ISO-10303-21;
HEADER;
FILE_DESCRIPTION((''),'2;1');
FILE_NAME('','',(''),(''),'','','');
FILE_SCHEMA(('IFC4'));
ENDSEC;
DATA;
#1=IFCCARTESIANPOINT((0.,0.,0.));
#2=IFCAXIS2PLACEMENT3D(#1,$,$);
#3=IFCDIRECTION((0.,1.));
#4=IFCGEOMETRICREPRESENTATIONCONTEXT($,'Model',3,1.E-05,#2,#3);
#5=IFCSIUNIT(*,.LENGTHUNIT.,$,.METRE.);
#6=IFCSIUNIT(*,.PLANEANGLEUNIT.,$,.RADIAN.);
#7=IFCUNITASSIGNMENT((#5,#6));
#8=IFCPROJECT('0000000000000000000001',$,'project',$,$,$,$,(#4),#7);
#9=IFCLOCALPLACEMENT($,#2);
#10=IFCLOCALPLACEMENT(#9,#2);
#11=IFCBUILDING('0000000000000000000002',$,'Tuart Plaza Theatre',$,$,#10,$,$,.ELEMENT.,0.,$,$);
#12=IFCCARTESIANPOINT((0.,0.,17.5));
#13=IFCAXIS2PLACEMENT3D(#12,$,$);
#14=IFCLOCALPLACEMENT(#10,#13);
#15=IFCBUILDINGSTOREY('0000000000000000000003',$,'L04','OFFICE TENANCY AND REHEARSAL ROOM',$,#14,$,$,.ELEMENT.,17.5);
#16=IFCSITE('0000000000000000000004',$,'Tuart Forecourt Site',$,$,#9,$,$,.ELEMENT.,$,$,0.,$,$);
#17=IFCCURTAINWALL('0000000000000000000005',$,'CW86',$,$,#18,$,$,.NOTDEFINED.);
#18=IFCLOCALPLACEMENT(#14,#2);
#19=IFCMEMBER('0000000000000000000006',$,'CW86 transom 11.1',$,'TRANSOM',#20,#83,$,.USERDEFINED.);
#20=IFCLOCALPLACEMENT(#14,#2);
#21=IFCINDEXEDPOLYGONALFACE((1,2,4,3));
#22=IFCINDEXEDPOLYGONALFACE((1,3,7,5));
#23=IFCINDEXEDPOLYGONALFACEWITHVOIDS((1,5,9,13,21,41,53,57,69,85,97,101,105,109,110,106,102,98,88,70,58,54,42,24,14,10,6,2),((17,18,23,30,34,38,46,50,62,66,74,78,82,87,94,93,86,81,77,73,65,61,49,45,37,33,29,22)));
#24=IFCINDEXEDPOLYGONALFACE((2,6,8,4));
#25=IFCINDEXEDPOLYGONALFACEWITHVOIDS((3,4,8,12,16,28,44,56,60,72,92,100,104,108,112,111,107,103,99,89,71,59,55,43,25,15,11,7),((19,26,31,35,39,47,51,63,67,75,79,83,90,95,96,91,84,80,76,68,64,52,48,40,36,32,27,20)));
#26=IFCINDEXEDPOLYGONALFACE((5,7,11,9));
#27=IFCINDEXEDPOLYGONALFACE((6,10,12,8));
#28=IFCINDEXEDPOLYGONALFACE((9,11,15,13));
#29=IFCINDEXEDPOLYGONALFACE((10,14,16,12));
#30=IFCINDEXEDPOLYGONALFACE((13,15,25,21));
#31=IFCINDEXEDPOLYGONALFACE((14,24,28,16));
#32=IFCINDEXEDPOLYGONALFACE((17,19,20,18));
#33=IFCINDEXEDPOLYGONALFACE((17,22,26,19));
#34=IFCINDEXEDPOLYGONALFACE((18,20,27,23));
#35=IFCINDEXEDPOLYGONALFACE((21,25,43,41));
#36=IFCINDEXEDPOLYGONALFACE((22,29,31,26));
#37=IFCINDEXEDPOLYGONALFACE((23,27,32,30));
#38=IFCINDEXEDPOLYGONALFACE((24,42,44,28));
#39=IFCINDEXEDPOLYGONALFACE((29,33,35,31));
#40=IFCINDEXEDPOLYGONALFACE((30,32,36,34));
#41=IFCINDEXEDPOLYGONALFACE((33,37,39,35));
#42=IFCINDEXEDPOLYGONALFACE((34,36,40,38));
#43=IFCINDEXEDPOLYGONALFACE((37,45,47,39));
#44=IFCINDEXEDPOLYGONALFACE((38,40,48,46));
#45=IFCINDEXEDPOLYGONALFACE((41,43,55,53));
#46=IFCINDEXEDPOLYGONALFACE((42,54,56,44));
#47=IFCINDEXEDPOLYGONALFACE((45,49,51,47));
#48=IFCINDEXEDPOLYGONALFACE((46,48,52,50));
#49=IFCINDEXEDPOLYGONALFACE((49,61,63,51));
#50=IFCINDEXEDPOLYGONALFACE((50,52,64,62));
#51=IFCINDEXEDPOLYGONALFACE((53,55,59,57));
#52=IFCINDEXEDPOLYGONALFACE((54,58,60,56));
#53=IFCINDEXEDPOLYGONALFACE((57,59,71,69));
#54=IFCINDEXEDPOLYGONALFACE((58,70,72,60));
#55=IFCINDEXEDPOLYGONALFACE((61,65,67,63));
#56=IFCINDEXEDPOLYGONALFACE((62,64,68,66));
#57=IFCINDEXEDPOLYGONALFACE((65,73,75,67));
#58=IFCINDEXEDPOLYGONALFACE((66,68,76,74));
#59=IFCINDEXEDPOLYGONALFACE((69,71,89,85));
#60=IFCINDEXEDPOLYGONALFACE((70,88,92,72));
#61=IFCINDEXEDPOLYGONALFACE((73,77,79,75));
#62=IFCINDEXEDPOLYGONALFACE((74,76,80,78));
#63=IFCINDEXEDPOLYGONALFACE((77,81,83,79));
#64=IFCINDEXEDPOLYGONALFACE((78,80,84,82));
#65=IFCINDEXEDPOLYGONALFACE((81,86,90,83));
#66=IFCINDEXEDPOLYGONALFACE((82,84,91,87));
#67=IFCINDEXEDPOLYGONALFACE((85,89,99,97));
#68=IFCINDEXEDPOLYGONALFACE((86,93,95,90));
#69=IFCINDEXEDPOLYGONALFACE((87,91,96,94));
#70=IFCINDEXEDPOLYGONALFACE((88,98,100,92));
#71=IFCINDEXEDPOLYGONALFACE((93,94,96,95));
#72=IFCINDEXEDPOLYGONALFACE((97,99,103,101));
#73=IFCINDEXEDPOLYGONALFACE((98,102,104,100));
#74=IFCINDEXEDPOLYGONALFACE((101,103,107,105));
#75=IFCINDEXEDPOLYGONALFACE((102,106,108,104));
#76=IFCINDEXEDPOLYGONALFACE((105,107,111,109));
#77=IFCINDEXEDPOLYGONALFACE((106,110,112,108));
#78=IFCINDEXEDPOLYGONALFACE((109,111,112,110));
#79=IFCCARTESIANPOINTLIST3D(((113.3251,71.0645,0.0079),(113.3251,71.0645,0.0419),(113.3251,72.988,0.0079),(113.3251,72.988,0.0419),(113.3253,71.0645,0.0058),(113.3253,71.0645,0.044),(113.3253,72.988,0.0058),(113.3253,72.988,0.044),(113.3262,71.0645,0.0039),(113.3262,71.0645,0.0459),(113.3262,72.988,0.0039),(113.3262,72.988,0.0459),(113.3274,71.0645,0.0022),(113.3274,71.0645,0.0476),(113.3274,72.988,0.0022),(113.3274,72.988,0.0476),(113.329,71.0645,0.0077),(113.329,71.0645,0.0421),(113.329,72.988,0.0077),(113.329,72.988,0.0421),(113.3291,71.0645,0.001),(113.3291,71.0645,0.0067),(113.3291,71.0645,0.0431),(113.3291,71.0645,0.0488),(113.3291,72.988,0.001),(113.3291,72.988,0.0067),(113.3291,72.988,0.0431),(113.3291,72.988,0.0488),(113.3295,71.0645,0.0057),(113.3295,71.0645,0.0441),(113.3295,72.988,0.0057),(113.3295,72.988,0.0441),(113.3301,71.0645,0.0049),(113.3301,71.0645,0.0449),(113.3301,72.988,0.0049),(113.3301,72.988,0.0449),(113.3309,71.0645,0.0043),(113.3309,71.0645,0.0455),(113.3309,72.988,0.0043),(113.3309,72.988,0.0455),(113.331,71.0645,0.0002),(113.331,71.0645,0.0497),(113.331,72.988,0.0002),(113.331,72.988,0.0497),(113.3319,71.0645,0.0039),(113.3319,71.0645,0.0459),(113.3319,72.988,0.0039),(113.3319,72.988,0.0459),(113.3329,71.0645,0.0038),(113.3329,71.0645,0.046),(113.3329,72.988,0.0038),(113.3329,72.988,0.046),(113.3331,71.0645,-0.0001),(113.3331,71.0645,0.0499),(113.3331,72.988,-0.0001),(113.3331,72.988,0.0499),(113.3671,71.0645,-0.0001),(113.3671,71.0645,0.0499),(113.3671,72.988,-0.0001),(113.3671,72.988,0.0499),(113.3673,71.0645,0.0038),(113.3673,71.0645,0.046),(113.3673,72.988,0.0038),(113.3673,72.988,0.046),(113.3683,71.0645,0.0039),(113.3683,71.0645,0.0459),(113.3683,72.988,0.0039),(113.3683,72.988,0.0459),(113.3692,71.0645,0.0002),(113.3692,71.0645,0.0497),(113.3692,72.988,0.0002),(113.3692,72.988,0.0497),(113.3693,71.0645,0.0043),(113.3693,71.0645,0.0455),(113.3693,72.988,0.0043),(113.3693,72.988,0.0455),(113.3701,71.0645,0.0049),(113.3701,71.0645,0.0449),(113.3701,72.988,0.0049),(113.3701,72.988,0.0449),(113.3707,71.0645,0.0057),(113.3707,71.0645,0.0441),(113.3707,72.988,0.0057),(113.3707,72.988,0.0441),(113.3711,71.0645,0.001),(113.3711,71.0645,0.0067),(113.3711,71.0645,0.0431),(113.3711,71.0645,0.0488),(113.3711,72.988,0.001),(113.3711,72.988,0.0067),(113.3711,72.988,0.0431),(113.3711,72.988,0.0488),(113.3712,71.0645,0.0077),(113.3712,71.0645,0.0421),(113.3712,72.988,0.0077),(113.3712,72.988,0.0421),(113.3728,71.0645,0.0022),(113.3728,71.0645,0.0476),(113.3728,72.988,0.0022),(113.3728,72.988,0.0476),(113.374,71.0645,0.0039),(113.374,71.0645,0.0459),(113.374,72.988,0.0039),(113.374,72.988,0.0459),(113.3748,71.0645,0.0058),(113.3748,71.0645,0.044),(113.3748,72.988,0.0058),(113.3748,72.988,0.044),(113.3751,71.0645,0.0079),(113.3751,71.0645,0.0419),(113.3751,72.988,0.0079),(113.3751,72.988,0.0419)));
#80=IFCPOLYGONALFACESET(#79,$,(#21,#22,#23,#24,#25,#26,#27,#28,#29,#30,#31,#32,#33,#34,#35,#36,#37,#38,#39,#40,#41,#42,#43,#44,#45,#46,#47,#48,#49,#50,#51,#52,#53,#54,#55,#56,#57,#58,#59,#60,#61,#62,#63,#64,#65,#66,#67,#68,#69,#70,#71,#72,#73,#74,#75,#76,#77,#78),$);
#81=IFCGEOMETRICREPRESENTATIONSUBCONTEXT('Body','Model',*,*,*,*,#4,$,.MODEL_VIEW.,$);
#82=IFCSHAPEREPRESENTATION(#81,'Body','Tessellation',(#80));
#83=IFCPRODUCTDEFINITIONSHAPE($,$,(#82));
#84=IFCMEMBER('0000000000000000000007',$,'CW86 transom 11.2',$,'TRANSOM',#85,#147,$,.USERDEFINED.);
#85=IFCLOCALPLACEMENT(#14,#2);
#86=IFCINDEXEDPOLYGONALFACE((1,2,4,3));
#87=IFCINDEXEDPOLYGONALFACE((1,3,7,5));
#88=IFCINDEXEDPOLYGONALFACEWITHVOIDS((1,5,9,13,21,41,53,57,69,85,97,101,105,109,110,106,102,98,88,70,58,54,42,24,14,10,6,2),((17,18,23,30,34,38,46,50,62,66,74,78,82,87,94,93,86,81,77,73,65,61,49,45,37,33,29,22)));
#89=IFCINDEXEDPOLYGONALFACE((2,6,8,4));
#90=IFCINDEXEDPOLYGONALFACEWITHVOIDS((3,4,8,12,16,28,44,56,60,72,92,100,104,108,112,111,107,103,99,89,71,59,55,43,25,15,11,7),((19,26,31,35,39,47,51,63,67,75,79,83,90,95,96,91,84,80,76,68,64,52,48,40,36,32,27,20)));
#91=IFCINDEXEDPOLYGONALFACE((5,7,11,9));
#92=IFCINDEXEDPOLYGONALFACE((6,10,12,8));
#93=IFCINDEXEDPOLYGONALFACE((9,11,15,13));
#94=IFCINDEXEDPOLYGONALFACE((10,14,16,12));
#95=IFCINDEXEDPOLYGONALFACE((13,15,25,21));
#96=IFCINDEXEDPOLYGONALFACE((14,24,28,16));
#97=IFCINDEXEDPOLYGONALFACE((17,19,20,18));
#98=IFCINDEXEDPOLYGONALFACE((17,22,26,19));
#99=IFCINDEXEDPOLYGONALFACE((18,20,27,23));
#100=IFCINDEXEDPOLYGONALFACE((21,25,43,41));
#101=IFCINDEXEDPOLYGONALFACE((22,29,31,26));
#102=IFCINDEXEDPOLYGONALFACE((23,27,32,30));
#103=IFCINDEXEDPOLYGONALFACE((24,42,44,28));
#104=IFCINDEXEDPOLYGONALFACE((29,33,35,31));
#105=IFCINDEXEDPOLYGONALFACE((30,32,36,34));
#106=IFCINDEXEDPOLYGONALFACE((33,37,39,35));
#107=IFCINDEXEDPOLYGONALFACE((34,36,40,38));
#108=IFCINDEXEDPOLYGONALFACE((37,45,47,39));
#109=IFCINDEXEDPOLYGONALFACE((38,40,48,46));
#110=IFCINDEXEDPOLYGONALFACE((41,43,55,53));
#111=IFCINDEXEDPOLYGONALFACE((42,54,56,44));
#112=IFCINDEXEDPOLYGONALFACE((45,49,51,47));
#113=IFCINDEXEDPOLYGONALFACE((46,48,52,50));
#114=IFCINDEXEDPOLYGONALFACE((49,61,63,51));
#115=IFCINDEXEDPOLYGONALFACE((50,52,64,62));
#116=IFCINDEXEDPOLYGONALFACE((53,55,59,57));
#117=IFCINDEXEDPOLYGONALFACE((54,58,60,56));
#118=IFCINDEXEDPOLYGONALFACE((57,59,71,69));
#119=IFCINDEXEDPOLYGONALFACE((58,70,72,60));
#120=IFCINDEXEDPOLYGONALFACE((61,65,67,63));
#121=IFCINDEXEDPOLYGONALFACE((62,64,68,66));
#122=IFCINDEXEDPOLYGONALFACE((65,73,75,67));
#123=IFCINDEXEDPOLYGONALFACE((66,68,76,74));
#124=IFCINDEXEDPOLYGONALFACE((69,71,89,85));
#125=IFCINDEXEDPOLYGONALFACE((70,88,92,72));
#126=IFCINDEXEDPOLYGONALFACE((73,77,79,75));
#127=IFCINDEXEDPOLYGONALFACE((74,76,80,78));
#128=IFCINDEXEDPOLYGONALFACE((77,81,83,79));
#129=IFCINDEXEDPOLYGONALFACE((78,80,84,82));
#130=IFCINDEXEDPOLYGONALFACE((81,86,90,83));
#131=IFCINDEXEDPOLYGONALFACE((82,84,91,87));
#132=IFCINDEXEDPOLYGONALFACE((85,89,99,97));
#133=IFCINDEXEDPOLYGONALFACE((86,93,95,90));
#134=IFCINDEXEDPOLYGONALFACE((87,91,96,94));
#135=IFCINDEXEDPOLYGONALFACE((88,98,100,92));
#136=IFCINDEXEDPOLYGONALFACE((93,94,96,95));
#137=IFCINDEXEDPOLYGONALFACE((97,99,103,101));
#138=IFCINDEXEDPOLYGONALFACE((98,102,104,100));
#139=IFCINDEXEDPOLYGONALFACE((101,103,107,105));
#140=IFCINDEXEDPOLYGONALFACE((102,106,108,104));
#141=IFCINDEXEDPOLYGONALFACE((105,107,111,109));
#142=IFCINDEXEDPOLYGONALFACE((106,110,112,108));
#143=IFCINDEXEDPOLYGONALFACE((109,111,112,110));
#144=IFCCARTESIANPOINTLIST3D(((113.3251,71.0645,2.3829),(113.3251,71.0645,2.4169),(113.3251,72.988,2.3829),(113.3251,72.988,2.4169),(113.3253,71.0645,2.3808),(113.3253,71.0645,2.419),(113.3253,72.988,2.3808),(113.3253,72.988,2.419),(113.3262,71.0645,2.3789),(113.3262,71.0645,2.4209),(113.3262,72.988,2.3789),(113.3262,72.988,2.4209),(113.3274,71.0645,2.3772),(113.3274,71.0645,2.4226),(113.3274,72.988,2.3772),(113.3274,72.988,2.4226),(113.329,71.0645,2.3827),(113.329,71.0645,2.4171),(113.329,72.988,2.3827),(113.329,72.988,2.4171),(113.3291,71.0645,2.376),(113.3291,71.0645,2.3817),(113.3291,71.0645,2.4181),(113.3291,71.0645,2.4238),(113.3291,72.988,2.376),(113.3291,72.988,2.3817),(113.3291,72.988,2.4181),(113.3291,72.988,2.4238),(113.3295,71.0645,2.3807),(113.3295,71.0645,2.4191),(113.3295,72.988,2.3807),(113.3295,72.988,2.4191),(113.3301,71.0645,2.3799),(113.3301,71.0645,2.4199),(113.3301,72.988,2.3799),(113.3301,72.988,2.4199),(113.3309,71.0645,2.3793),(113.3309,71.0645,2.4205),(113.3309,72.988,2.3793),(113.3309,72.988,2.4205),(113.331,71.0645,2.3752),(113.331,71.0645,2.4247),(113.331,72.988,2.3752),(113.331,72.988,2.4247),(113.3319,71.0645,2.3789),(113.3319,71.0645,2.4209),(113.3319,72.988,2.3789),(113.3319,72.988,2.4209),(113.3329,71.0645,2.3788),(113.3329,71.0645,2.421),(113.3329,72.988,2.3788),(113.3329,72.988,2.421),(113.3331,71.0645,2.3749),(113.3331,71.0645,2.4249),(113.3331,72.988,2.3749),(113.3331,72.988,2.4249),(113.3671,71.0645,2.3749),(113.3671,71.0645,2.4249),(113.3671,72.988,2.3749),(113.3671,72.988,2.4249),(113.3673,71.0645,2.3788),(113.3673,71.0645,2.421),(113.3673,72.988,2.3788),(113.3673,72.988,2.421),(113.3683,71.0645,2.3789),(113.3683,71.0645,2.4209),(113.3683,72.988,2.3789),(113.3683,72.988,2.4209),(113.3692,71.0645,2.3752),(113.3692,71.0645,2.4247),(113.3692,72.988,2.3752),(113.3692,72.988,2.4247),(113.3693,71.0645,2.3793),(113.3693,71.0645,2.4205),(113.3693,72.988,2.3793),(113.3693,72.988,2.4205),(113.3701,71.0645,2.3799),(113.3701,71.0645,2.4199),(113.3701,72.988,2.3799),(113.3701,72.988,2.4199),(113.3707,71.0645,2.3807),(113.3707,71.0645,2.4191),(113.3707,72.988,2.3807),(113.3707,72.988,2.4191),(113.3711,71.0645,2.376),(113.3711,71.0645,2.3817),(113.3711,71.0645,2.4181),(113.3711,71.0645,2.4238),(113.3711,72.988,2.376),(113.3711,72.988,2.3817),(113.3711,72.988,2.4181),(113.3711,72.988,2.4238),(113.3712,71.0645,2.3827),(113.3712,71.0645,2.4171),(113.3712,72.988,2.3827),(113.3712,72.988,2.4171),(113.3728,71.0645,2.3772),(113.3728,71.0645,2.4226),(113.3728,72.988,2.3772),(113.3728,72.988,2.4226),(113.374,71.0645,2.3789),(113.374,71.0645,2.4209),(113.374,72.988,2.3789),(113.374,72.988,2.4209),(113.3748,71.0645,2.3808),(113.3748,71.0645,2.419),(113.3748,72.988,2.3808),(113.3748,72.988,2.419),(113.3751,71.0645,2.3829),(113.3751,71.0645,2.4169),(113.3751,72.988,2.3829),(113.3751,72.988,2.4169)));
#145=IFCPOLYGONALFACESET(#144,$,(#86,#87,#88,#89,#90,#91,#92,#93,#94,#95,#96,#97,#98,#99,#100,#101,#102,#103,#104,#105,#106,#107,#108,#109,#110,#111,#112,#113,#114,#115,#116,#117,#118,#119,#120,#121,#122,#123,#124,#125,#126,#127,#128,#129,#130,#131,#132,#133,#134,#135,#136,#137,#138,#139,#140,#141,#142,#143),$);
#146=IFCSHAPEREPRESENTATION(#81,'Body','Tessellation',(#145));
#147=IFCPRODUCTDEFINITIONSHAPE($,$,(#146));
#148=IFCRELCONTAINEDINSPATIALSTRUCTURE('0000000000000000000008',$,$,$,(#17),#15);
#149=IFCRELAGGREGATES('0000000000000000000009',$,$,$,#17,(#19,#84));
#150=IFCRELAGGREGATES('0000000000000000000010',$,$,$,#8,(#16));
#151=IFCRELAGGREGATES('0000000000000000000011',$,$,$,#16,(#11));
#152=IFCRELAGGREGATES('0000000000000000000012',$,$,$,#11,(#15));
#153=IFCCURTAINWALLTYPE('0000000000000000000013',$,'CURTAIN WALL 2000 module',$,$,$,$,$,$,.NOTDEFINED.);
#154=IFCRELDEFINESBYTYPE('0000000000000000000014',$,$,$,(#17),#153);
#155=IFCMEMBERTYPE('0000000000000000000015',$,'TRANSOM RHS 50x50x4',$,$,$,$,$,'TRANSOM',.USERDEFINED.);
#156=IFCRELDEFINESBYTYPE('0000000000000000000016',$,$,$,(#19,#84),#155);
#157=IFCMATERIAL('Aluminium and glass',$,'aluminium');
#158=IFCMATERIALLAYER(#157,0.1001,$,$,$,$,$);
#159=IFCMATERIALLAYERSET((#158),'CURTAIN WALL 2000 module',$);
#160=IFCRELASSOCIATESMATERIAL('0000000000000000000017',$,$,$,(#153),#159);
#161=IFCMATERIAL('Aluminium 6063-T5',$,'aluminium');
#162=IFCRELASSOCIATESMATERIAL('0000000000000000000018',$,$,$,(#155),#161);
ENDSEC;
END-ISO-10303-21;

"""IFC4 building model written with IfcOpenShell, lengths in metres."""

from ifc_helpers import new_model, si_unit, direction, frame, origin, origin_2d, place, context, subcontext, project, spatial, hollow_rectangle, extrude, material, layer, layer_set, material_profile, profile_set, type_object, element, aggregate, save


model = new_model("IFC4")

# Units and contexts
model_context = context("Model", 3, precision=1e-05, world=origin(), true_north=direction((0.0, 1.0)))
body_context = subcontext(model_context, "Body", "Model", "MODEL_VIEW")
ifc_project = project(units=[si_unit("LENGTHUNIT", "METRE"), si_unit("PLANEANGLEUNIT", "RADIAN")], contexts=[model_context])

# Site, building, storey
site_placement = place(None, origin())
site = spatial("IfcSite", under=ifc_project, at=site_placement, Name="Tuart Forecourt Site", CompositionType="ELEMENT", RefElevation=0.0)
building_placement = place(site_placement, origin())
building = spatial("IfcBuilding", under=site, at=building_placement, Name="Tuart Plaza Theatre", CompositionType="ELEMENT", ElevationOfRefHeight=0.0)
storey_placement = place(building_placement, frame((0.0, 0.0, 17.5)))
storey = spatial("IfcBuildingStorey", under=building, at=storey_placement, Name="L04", Description="OFFICE TENANCY AND REHEARSAL ROOM", CompositionType="ELEMENT", Elevation=17.5)

# Curtain wall, members
ifc_material_1 = material(Name="Aluminium and glass", Category="aluminium")
ifc_layer_1 = layer(ifc_material_1, 0.1001)
ifc_layer_set_1 = layer_set([ifc_layer_1], Name="CURTAIN WALL 2000 module")
curtain_wall_type = type_object("IfcCurtainWallType", Name="CURTAIN WALL 2000 module", PredefinedType="NOTDEFINED", material=ifc_layer_set_1)
curtain_wall_placement = place(storey_placement, origin())
curtain_wall = element("IfcCurtainWall", 1, at=curtain_wall_placement, inside=storey, type_object=curtain_wall_type, Name="CW86", PredefinedType="NOTDEFINED")
ifc_material_2 = material(Name="Aluminium 6063-T5", Category="aluminium")
ifc_material_profile_1 = material_profile(ifc_material_2, hollow_rectangle(XDim=0.05, YDim=0.05, WallThickness=0.0039, InnerFilletRadius=0.0039, OuterFilletRadius=0.0081, at=origin_2d()), Name="RHS 50x50x4")
ifc_profile_set_1 = profile_set([ifc_material_profile_1], Name="Aluminium 6063-T5")
member_type_1 = type_object("IfcMemberType", Name="TRANSOM RHS 50x50x4", ElementType="TRANSOM", PredefinedType="USERDEFINED", material=ifc_profile_set_1)
member_1_placement = place(storey_placement, frame((113.3501, 72.988, 0.0249), z_axis=(0.0, -1.0, 0.0), x_axis=(1.0, 0.0, 0.0)))
member_1 = element("IfcMember", 2, at=member_1_placement, type_object=member_type_1, Name="CW86 transom 11.1", ObjectType="TRANSOM", PredefinedType="USERDEFINED", context=body_context, shape_type="SweptSolid", body=[
    extrude(hollow_rectangle(XDim=0.05, YDim=0.05, WallThickness=0.0039, InnerFilletRadius=0.0039, OuterFilletRadius=0.0081, at=origin_2d()), origin(), (0.0, 0.0, 1.0), 1.9236),
])
member_2_placement = place(storey_placement, frame((113.3501, 72.988, 2.3999), z_axis=(0.0, -1.0, 0.0), x_axis=(1.0, 0.0, 0.0)))
member_2 = element("IfcMember", 3, at=member_2_placement, type_object=member_type_1, Name="CW86 transom 11.2", ObjectType="TRANSOM", PredefinedType="USERDEFINED", context=body_context, shape_type="SweptSolid", body=[
    extrude(hollow_rectangle(XDim=0.05, YDim=0.05, WallThickness=0.0039, InnerFilletRadius=0.0039, OuterFilletRadius=0.0081, at=origin_2d()), origin(), (0.0, 0.0, 1.0), 1.9236),
])
aggregate(curtain_wall, [member_1, member_2])

save(model, "model.ifc")
